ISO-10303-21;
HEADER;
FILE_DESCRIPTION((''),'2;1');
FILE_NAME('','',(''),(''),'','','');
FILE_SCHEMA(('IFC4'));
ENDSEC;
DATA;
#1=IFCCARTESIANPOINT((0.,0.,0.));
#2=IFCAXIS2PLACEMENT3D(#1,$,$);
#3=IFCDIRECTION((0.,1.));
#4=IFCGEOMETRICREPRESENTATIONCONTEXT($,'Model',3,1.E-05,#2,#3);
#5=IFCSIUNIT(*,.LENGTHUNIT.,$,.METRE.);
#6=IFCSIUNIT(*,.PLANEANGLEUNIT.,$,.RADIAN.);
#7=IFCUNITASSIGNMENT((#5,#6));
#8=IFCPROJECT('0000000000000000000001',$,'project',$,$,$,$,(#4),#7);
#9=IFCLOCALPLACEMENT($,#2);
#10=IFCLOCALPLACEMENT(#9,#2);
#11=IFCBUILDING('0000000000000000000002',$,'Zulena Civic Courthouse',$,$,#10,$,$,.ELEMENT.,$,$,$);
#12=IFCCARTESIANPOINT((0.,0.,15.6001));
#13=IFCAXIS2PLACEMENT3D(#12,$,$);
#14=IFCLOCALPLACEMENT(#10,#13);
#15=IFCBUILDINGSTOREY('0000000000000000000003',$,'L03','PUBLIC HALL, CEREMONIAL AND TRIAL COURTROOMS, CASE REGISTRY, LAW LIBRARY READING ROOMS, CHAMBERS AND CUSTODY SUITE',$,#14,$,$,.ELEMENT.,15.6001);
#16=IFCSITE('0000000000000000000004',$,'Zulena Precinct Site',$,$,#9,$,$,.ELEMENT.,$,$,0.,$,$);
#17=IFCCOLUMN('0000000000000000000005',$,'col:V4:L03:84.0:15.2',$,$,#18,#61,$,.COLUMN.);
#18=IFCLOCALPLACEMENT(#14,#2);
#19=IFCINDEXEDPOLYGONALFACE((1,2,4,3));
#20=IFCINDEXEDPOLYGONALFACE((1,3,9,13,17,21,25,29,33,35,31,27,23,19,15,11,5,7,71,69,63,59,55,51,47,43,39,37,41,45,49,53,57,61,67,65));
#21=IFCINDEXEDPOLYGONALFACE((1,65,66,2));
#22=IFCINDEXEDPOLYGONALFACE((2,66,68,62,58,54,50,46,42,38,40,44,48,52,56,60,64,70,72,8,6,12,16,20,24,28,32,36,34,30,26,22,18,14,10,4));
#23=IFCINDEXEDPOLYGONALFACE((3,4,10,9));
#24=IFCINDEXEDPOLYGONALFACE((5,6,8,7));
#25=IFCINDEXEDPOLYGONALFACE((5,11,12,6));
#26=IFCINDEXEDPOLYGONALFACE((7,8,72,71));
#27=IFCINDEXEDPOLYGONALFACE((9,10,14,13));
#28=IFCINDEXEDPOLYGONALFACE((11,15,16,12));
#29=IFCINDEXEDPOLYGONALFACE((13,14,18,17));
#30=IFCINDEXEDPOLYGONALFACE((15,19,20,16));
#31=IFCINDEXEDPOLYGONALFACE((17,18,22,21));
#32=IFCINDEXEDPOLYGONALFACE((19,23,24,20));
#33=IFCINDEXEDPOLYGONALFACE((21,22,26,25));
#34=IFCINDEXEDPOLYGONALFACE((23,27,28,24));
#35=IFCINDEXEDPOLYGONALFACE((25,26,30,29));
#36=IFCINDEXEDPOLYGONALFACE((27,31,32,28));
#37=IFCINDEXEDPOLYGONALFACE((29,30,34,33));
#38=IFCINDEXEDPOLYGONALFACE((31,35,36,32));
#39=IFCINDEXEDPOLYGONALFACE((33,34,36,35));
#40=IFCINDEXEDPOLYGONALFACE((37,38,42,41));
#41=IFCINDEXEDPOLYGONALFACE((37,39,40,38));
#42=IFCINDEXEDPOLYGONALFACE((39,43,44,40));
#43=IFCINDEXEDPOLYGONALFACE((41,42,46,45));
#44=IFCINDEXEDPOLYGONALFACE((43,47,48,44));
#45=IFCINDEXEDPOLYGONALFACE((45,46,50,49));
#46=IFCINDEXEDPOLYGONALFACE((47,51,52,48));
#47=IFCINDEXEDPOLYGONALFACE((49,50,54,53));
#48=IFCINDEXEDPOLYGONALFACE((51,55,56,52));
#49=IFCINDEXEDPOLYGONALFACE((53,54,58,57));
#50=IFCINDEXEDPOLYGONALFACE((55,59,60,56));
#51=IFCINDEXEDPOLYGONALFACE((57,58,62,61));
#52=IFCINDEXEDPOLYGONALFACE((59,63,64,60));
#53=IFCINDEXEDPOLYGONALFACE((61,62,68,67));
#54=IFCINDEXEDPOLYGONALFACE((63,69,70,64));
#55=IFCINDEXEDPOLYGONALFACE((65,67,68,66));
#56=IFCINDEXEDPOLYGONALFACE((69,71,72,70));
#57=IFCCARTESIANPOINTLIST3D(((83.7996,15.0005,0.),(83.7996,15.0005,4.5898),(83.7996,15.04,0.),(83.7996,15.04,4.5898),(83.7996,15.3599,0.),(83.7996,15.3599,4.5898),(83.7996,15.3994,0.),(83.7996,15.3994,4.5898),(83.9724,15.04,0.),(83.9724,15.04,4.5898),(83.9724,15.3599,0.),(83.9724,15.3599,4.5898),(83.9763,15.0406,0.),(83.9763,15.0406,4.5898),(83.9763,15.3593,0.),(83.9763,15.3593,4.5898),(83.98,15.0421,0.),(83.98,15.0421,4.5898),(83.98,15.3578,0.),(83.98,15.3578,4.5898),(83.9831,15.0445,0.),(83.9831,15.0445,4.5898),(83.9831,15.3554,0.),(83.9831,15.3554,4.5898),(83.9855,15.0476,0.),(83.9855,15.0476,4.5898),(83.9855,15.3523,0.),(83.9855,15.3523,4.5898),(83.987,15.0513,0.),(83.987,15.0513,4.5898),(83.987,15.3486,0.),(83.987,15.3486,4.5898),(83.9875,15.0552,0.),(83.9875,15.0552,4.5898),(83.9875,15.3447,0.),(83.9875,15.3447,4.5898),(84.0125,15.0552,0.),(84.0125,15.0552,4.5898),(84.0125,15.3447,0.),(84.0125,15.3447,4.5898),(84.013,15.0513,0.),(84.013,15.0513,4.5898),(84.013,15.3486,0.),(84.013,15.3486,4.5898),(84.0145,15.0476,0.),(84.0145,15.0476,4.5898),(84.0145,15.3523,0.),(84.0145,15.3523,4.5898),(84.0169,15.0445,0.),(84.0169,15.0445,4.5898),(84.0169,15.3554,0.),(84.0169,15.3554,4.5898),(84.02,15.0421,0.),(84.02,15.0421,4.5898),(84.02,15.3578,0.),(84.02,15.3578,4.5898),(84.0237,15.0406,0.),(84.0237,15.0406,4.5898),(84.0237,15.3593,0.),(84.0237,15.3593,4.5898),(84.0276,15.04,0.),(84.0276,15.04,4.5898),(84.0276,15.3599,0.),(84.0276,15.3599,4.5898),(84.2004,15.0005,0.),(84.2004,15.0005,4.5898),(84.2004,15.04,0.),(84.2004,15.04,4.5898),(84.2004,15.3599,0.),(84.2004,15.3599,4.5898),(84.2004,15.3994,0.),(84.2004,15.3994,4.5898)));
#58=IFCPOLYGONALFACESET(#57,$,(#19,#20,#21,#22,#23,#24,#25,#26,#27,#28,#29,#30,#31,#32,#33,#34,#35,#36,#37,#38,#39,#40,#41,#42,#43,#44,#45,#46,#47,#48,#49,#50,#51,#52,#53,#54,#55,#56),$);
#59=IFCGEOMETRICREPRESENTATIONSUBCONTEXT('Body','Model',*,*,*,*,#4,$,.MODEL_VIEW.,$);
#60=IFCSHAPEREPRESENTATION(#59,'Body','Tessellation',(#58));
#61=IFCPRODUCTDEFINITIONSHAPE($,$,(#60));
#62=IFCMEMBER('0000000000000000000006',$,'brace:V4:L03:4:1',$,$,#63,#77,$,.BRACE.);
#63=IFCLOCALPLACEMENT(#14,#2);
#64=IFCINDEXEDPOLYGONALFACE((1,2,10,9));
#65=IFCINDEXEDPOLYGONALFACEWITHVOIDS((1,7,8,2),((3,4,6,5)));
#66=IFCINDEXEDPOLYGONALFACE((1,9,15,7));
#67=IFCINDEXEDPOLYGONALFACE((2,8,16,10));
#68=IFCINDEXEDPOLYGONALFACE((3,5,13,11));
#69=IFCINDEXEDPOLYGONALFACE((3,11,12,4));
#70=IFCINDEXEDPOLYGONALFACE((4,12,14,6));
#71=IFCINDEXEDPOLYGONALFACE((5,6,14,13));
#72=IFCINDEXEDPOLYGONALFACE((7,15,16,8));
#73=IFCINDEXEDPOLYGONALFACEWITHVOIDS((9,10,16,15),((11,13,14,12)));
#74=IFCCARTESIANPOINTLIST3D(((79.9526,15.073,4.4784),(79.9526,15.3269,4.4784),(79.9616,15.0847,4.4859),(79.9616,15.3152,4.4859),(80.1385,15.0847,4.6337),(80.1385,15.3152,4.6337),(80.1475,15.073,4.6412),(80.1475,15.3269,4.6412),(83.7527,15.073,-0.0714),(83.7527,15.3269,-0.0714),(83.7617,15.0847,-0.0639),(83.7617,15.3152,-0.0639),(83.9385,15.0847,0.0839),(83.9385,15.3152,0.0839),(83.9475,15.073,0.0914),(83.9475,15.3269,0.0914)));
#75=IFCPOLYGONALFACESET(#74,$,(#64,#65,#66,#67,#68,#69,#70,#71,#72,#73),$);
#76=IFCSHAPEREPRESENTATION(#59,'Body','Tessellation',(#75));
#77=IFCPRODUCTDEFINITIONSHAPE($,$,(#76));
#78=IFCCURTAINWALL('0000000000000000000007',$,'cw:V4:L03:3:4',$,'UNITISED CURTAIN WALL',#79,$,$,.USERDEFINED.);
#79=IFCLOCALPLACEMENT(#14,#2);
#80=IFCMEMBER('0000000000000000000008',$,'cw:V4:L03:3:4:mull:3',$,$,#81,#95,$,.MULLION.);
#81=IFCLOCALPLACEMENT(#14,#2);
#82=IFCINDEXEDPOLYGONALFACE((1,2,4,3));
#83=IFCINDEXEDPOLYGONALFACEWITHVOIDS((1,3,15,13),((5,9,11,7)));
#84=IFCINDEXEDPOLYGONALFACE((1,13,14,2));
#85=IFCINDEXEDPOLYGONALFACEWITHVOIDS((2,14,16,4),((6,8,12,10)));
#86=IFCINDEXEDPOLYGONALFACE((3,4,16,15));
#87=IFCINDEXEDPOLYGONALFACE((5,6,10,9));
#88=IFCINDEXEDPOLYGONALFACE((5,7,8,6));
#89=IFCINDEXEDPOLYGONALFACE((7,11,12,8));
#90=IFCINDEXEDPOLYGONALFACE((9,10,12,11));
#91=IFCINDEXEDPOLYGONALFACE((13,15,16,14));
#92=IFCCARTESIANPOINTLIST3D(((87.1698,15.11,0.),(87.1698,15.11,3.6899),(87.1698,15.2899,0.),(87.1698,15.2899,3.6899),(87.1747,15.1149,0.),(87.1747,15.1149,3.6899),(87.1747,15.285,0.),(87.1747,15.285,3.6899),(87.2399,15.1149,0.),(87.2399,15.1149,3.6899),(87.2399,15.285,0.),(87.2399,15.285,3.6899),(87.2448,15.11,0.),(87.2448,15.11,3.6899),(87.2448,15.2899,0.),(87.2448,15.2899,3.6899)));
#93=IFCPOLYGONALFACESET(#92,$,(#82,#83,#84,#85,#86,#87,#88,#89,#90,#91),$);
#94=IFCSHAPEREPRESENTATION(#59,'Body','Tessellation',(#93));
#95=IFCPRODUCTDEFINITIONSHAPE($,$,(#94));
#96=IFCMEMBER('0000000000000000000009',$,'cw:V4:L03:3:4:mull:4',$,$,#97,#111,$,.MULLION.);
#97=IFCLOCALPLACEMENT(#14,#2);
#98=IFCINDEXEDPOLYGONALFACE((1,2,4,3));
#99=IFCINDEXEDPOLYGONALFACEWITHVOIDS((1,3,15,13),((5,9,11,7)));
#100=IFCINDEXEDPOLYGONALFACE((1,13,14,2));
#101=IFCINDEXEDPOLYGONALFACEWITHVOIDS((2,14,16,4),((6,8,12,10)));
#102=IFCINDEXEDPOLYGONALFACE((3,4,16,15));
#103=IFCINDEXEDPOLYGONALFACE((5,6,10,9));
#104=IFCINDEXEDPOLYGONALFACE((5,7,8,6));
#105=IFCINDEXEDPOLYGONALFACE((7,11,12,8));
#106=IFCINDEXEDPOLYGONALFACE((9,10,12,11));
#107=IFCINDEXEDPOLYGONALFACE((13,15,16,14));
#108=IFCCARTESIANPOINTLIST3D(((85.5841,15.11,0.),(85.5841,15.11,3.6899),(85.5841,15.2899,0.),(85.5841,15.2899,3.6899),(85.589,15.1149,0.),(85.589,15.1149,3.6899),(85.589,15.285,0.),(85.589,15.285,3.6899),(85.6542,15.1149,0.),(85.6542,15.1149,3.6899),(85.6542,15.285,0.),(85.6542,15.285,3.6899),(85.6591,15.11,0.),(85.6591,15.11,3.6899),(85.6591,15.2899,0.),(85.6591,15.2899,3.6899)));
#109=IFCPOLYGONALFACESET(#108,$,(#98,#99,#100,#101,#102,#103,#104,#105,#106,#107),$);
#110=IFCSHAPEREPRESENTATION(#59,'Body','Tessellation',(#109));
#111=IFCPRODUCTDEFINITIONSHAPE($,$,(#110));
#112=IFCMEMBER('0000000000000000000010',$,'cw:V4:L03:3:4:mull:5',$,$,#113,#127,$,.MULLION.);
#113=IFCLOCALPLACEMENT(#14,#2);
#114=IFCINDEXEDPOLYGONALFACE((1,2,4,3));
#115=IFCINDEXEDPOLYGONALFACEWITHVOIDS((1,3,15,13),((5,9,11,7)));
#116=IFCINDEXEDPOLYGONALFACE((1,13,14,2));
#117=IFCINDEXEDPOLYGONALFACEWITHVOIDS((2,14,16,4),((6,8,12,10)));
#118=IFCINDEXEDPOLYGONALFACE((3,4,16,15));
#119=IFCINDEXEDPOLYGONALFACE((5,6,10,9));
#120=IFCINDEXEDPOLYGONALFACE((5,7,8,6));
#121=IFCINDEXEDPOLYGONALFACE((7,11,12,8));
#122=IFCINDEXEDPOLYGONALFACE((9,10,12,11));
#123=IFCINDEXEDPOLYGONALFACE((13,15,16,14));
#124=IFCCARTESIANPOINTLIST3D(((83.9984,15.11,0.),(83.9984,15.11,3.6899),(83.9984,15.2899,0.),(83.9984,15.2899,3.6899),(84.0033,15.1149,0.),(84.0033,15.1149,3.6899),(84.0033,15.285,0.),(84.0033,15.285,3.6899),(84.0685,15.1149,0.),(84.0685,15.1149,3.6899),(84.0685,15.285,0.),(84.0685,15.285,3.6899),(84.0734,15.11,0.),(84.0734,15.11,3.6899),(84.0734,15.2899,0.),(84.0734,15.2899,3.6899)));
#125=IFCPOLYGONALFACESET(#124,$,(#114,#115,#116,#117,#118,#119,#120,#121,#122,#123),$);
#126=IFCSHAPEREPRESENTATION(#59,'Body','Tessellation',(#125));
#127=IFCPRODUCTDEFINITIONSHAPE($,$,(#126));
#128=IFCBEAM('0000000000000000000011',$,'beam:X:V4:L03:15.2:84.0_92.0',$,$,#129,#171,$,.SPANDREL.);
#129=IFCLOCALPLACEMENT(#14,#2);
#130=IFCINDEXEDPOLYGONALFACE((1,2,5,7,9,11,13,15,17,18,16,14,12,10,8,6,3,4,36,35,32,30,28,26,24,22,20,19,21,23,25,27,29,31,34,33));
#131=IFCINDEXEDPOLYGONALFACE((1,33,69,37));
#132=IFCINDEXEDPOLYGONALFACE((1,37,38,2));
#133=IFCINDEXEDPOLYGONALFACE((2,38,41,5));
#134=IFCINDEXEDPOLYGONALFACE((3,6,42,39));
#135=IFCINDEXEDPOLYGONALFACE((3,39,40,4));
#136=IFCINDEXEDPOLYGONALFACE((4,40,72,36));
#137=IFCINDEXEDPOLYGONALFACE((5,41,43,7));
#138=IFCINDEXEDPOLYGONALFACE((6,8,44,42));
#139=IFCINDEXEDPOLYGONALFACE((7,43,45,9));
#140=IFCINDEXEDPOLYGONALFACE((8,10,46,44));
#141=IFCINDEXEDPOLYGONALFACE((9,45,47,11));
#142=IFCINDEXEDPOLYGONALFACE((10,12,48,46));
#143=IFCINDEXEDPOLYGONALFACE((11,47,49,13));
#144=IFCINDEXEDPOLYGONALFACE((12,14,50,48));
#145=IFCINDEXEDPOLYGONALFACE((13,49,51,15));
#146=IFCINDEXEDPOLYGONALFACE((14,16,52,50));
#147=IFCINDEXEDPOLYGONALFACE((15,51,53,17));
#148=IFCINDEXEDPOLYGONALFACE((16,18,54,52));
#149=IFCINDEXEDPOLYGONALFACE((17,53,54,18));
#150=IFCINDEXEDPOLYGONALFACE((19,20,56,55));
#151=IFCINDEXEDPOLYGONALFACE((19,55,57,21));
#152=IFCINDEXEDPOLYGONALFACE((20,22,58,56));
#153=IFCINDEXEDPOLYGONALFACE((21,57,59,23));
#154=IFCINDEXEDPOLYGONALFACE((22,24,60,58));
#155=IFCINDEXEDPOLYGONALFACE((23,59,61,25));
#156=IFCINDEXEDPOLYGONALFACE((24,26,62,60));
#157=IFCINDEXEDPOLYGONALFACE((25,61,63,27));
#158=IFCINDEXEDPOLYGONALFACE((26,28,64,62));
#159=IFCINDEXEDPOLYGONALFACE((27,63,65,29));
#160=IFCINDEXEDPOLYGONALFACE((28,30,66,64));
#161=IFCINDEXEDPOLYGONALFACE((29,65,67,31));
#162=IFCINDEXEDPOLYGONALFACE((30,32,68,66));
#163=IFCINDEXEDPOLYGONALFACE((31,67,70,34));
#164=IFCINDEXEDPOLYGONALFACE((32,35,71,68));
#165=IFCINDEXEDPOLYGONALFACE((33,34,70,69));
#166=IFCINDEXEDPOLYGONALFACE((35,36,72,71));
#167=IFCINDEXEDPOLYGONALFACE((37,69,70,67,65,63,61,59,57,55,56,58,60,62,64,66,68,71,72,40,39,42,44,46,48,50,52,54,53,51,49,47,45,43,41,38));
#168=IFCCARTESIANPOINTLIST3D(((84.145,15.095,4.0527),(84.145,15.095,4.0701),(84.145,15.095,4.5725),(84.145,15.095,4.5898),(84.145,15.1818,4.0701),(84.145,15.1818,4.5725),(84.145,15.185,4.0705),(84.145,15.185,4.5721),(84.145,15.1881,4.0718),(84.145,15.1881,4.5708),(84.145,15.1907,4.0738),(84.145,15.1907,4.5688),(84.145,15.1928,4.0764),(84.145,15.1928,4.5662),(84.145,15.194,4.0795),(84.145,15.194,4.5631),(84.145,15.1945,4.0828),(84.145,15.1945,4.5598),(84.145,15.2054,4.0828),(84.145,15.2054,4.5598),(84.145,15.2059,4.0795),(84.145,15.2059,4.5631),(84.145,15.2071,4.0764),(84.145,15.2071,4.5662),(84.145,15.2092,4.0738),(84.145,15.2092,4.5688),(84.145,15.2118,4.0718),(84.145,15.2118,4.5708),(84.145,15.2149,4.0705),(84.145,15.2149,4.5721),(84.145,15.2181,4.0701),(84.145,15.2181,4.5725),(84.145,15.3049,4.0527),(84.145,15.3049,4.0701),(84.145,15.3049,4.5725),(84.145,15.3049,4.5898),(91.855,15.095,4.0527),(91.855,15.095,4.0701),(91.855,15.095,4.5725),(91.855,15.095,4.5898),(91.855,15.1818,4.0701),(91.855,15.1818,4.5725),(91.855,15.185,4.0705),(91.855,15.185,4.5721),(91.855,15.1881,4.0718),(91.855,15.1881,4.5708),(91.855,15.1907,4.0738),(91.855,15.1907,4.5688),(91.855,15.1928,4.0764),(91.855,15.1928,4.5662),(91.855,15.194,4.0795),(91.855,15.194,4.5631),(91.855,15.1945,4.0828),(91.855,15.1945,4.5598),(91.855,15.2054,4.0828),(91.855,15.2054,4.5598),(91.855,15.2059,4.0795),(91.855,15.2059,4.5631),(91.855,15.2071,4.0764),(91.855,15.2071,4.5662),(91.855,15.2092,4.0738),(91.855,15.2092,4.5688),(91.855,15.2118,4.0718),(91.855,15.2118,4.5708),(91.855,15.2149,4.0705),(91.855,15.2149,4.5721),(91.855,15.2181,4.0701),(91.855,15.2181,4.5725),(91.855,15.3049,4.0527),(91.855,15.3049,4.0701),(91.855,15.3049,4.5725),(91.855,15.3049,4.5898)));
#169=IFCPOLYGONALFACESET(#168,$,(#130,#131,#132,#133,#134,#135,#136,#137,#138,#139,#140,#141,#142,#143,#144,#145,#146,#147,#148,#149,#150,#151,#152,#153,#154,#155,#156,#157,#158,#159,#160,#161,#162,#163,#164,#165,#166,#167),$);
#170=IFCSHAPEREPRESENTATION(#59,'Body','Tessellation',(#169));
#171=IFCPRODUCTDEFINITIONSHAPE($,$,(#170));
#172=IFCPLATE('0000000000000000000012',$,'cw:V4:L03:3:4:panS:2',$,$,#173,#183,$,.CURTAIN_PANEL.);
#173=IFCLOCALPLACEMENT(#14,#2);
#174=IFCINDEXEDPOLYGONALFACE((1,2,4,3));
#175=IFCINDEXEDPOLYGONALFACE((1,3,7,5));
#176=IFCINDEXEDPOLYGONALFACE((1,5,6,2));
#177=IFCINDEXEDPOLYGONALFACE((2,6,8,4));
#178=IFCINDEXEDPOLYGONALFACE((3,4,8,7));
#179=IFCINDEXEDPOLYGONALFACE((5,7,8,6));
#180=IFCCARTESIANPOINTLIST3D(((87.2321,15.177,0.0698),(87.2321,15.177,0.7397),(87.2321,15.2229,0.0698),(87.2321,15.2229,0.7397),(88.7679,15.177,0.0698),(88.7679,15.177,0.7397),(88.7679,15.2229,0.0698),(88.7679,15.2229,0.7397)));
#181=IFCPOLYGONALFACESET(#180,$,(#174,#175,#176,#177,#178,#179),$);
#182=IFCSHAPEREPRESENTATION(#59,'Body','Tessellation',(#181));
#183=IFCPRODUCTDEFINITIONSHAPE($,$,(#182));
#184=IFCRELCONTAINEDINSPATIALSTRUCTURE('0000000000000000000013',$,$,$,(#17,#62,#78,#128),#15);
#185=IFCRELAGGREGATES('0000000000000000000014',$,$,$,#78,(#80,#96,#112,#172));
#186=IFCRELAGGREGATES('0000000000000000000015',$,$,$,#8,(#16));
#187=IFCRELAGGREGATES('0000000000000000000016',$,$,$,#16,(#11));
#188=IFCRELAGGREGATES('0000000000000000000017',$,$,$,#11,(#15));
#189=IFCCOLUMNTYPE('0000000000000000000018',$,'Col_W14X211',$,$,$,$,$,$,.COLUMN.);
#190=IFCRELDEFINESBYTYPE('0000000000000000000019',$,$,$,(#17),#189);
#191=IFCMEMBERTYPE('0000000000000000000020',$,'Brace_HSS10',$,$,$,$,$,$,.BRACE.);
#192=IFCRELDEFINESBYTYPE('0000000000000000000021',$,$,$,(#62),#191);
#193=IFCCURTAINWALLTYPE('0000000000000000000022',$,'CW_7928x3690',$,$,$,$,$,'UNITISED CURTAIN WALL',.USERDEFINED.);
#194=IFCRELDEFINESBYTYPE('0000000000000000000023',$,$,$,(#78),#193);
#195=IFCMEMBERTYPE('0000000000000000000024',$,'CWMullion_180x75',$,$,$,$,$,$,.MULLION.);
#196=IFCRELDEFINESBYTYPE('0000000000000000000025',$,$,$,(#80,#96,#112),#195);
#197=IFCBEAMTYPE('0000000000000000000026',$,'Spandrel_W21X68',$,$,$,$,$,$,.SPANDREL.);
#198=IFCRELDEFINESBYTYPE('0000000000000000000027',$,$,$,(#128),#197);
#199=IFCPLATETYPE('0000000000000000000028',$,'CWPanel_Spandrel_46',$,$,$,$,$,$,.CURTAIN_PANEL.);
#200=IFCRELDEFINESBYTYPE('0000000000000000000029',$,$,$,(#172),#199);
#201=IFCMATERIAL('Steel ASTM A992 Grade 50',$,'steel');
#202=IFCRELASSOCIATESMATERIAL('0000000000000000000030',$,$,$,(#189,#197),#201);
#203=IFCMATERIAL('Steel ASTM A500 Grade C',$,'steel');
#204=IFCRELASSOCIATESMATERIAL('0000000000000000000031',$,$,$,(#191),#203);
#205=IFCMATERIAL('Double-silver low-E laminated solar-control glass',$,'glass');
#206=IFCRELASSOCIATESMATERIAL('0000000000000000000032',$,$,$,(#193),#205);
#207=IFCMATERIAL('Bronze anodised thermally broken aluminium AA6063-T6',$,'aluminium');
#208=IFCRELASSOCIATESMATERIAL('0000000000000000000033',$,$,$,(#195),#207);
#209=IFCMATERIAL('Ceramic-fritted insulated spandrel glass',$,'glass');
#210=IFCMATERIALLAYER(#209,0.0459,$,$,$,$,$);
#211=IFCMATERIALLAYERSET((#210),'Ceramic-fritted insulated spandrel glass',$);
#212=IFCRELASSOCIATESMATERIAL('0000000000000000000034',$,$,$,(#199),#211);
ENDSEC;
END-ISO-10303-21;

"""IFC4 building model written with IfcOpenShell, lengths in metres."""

from ifc_helpers import new_model, si_unit, direction, frame, origin, origin_2d, place, context, subcontext, project, spatial, rectangle, hollow_rectangle, i_section, extrude, material, layer, layer_set, material_profile, profile_set, type_object, element, aggregate, save


model = new_model("IFC4")

# Units and contexts
model_context = context("Model", 3, precision=1e-05, world=origin(), true_north=direction((0.0, 1.0)))
body_context = subcontext(model_context, "Body", "Model", "MODEL_VIEW")
ifc_project = project(units=[si_unit("LENGTHUNIT", "METRE"), si_unit("PLANEANGLEUNIT", "RADIAN")], contexts=[model_context])

# Site, building, storey
site_placement = place(None, origin())
site = spatial("IfcSite", under=ifc_project, at=site_placement, Name="Zulena Precinct Site", CompositionType="ELEMENT", RefElevation=0.0)
building_placement = place(site_placement, origin())
building = spatial("IfcBuilding", under=site, at=building_placement, Name="Zulena Civic Courthouse", CompositionType="ELEMENT")
storey_placement = place(building_placement, frame((0.0, 0.0, 15.6001)))
storey = spatial("IfcBuildingStorey", under=building, at=storey_placement, Name="L03", Description="PUBLIC HALL, CEREMONIAL AND TRIAL COURTROOMS, CASE REGISTRY, LAW LIBRARY READING ROOMS, CHAMBERS AND CUSTODY SUITE", CompositionType="ELEMENT", Elevation=15.6001)

# Column
ifc_material_1 = material(Name="Steel ASTM A992 Grade 50", Category="steel")
ifc_material_profile_1 = material_profile(ifc_material_1, i_section(OverallWidth=0.4009, OverallDepth=0.3989, WebThickness=0.0249, FlangeThickness=0.0396, FilletRadius=0.0151, at=origin_2d()), Name="W14X211")
ifc_profile_set_1 = profile_set([ifc_material_profile_1], Name="Steel ASTM A992 Grade 50")
column_type = type_object("IfcColumnType", Name="Col_W14X211", PredefinedType="COLUMN", material=ifc_profile_set_1)
column_placement = place(storey_placement, frame((84.0, 15.2, 0.0), z_axis=(0.0, 0.0, 1.0), x_axis=(1.0, 0.0, 0.0)))
element("IfcColumn", 1, at=column_placement, inside=storey, type_object=column_type, Name="col:V4:L03:84.0:15.2", PredefinedType="COLUMN", context=body_context, shape_type="SweptSolid", body=[
    extrude(i_section(OverallWidth=0.4009, OverallDepth=0.3989, WebThickness=0.0249, FlangeThickness=0.0396, FilletRadius=0.0151, at=origin_2d()), origin(), (0.0, 0.0, 1.0), 4.5898),
])

# Member
ifc_material_2 = material(Name="Steel ASTM A500 Grade C", Category="steel")
ifc_material_profile_2 = material_profile(ifc_material_2, hollow_rectangle(XDim=0.2539, YDim=0.2539, WallThickness=0.0117, at=origin_2d()), Name="HSS10X10X1/2")
ifc_profile_set_2 = profile_set([ifc_material_profile_2], Name="Steel ASTM A500 Grade C")
member_type_1 = type_object("IfcMemberType", Name="Brace_HSS10", PredefinedType="BRACE", material=ifc_profile_set_2)
member_1_placement = place(storey_placement, frame((83.8501, 15.2, 0.01), z_axis=(-0.641035, 0.0, 0.767512), x_axis=(0.0, -1.0, 0.0)))
element("IfcMember", 2, at=member_1_placement, inside=storey, type_object=member_type_1, Name="brace:V4:L03:4:1", PredefinedType="BRACE", context=body_context, shape_type="SweptSolid", body=[
    extrude(hollow_rectangle(XDim=0.2539, YDim=0.2539, WallThickness=0.0117, at=origin_2d()), origin(), (0.0, 0.0, 1.0), 5.928),
])

# Curtain wall, members
ifc_material_3 = material(Name="Double-silver low-E laminated solar-control glass", Category="glass")
curtain_wall_type = type_object("IfcCurtainWallType", Name="CW_7928x3690", ElementType="UNITISED CURTAIN WALL", PredefinedType="USERDEFINED", material=ifc_material_3)
curtain_wall_placement = place(storey_placement, origin())
curtain_wall = element("IfcCurtainWall", 3, at=curtain_wall_placement, inside=storey, type_object=curtain_wall_type, Name="cw:V4:L03:3:4", ObjectType="UNITISED CURTAIN WALL", PredefinedType="USERDEFINED")
ifc_material_4 = material(Name="Bronze anodised thermally broken aluminium AA6063-T6", Category="aluminium")
ifc_material_profile_3 = material_profile(ifc_material_4, hollow_rectangle(XDim=0.075, YDim=0.1799, WallThickness=0.0049, at=origin_2d()), Name="CWM180X75X5")
ifc_profile_set_3 = profile_set([ifc_material_profile_3], Name="Bronze anodised thermally broken aluminium AA6063-T6")
member_type_2 = type_object("IfcMemberType", Name="CWMullion_180x75", PredefinedType="MULLION", material=ifc_profile_set_3)
member_2_placement = place(storey_placement, frame((87.2073, 15.2, 0.0), z_axis=(0.0, 0.0, 1.0), x_axis=(1.0, 0.0, 0.0)))
member_2 = element("IfcMember", 4, at=member_2_placement, type_object=member_type_2, Name="cw:V4:L03:3:4:mull:3", PredefinedType="MULLION", context=body_context, shape_type="SweptSolid", body=[
    extrude(hollow_rectangle(XDim=0.075, YDim=0.1799, WallThickness=0.0049, at=origin_2d()), origin(), (0.0, 0.0, 1.0), 3.6899),
])
member_3_placement = place(storey_placement, frame((85.6216, 15.2, 0.0), z_axis=(0.0, 0.0, 1.0), x_axis=(1.0, 0.0, 0.0)))
member_3 = element("IfcMember", 5, at=member_3_placement, type_object=member_type_2, Name="cw:V4:L03:3:4:mull:4", PredefinedType="MULLION", context=body_context, shape_type="SweptSolid", body=[
    extrude(hollow_rectangle(XDim=0.075, YDim=0.1799, WallThickness=0.0049, at=origin_2d()), origin(), (0.0, 0.0, 1.0), 3.6899),
])
member_4_placement = place(storey_placement, frame((84.0359, 15.2, 0.0), z_axis=(0.0, 0.0, 1.0), x_axis=(1.0, 0.0, 0.0)))
member_4 = element("IfcMember", 6, at=member_4_placement, type_object=member_type_2, Name="cw:V4:L03:3:4:mull:5", PredefinedType="MULLION", context=body_context, shape_type="SweptSolid", body=[
    extrude(hollow_rectangle(XDim=0.075, YDim=0.1799, WallThickness=0.0049, at=origin_2d()), origin(), (0.0, 0.0, 1.0), 3.6899),
])

# Beam
ifc_material_profile_4 = material_profile(ifc_material_1, i_section(OverallWidth=0.21, OverallDepth=0.5371, WebThickness=0.011, FlangeThickness=0.0173, FilletRadius=0.0127, at=origin_2d()), Name="W21X68")
ifc_profile_set_4 = profile_set([ifc_material_profile_4], Name="Steel ASTM A992 Grade 50")
beam_type = type_object("IfcBeamType", Name="Spandrel_W21X68", PredefinedType="SPANDREL", material=ifc_profile_set_4)
beam_placement = place(storey_placement, frame((84.145, 15.2, 4.3213), z_axis=(1.0, 0.0, 0.0), x_axis=(0.0, 1.0, 0.0)))
element("IfcBeam", 7, at=beam_placement, inside=storey, type_object=beam_type, Name="beam:X:V4:L03:15.2:84.0_92.0", PredefinedType="SPANDREL", context=body_context, shape_type="SweptSolid", body=[
    extrude(i_section(OverallWidth=0.21, OverallDepth=0.5371, WebThickness=0.011, FlangeThickness=0.0173, FilletRadius=0.0127, at=origin_2d()), origin(), (0.0, 0.0, 1.0), 7.71),
])

# Plate
ifc_material_5 = material(Name="Ceramic-fritted insulated spandrel glass", Category="glass")
ifc_layer_1 = layer(ifc_material_5, 0.0459)
ifc_layer_set_1 = layer_set([ifc_layer_1], Name="Ceramic-fritted insulated spandrel glass")
plate_type_1 = type_object("IfcPlateType", Name="CWPanel_Spandrel_46", PredefinedType="CURTAIN_PANEL", material=ifc_layer_set_1)
plate_1_placement = place(storey_placement, frame((88.0, 15.2, 0.0698), z_axis=(0.0, 0.0, 1.0), x_axis=(-1.0, 0.0, 0.0)))
plate_1 = element("IfcPlate", 8, at=plate_1_placement, type_object=plate_type_1, Name="cw:V4:L03:3:4:panS:2", PredefinedType="CURTAIN_PANEL", context=body_context, shape_type="SweptSolid", body=[
    extrude(rectangle(XDim=1.5359, YDim=0.0459, at=origin_2d()), origin(), (0.0, 0.0, 1.0), 0.6699),
])
aggregate(curtain_wall, [member_2, member_3, member_4, plate_1])

save(model, "model.ifc")
